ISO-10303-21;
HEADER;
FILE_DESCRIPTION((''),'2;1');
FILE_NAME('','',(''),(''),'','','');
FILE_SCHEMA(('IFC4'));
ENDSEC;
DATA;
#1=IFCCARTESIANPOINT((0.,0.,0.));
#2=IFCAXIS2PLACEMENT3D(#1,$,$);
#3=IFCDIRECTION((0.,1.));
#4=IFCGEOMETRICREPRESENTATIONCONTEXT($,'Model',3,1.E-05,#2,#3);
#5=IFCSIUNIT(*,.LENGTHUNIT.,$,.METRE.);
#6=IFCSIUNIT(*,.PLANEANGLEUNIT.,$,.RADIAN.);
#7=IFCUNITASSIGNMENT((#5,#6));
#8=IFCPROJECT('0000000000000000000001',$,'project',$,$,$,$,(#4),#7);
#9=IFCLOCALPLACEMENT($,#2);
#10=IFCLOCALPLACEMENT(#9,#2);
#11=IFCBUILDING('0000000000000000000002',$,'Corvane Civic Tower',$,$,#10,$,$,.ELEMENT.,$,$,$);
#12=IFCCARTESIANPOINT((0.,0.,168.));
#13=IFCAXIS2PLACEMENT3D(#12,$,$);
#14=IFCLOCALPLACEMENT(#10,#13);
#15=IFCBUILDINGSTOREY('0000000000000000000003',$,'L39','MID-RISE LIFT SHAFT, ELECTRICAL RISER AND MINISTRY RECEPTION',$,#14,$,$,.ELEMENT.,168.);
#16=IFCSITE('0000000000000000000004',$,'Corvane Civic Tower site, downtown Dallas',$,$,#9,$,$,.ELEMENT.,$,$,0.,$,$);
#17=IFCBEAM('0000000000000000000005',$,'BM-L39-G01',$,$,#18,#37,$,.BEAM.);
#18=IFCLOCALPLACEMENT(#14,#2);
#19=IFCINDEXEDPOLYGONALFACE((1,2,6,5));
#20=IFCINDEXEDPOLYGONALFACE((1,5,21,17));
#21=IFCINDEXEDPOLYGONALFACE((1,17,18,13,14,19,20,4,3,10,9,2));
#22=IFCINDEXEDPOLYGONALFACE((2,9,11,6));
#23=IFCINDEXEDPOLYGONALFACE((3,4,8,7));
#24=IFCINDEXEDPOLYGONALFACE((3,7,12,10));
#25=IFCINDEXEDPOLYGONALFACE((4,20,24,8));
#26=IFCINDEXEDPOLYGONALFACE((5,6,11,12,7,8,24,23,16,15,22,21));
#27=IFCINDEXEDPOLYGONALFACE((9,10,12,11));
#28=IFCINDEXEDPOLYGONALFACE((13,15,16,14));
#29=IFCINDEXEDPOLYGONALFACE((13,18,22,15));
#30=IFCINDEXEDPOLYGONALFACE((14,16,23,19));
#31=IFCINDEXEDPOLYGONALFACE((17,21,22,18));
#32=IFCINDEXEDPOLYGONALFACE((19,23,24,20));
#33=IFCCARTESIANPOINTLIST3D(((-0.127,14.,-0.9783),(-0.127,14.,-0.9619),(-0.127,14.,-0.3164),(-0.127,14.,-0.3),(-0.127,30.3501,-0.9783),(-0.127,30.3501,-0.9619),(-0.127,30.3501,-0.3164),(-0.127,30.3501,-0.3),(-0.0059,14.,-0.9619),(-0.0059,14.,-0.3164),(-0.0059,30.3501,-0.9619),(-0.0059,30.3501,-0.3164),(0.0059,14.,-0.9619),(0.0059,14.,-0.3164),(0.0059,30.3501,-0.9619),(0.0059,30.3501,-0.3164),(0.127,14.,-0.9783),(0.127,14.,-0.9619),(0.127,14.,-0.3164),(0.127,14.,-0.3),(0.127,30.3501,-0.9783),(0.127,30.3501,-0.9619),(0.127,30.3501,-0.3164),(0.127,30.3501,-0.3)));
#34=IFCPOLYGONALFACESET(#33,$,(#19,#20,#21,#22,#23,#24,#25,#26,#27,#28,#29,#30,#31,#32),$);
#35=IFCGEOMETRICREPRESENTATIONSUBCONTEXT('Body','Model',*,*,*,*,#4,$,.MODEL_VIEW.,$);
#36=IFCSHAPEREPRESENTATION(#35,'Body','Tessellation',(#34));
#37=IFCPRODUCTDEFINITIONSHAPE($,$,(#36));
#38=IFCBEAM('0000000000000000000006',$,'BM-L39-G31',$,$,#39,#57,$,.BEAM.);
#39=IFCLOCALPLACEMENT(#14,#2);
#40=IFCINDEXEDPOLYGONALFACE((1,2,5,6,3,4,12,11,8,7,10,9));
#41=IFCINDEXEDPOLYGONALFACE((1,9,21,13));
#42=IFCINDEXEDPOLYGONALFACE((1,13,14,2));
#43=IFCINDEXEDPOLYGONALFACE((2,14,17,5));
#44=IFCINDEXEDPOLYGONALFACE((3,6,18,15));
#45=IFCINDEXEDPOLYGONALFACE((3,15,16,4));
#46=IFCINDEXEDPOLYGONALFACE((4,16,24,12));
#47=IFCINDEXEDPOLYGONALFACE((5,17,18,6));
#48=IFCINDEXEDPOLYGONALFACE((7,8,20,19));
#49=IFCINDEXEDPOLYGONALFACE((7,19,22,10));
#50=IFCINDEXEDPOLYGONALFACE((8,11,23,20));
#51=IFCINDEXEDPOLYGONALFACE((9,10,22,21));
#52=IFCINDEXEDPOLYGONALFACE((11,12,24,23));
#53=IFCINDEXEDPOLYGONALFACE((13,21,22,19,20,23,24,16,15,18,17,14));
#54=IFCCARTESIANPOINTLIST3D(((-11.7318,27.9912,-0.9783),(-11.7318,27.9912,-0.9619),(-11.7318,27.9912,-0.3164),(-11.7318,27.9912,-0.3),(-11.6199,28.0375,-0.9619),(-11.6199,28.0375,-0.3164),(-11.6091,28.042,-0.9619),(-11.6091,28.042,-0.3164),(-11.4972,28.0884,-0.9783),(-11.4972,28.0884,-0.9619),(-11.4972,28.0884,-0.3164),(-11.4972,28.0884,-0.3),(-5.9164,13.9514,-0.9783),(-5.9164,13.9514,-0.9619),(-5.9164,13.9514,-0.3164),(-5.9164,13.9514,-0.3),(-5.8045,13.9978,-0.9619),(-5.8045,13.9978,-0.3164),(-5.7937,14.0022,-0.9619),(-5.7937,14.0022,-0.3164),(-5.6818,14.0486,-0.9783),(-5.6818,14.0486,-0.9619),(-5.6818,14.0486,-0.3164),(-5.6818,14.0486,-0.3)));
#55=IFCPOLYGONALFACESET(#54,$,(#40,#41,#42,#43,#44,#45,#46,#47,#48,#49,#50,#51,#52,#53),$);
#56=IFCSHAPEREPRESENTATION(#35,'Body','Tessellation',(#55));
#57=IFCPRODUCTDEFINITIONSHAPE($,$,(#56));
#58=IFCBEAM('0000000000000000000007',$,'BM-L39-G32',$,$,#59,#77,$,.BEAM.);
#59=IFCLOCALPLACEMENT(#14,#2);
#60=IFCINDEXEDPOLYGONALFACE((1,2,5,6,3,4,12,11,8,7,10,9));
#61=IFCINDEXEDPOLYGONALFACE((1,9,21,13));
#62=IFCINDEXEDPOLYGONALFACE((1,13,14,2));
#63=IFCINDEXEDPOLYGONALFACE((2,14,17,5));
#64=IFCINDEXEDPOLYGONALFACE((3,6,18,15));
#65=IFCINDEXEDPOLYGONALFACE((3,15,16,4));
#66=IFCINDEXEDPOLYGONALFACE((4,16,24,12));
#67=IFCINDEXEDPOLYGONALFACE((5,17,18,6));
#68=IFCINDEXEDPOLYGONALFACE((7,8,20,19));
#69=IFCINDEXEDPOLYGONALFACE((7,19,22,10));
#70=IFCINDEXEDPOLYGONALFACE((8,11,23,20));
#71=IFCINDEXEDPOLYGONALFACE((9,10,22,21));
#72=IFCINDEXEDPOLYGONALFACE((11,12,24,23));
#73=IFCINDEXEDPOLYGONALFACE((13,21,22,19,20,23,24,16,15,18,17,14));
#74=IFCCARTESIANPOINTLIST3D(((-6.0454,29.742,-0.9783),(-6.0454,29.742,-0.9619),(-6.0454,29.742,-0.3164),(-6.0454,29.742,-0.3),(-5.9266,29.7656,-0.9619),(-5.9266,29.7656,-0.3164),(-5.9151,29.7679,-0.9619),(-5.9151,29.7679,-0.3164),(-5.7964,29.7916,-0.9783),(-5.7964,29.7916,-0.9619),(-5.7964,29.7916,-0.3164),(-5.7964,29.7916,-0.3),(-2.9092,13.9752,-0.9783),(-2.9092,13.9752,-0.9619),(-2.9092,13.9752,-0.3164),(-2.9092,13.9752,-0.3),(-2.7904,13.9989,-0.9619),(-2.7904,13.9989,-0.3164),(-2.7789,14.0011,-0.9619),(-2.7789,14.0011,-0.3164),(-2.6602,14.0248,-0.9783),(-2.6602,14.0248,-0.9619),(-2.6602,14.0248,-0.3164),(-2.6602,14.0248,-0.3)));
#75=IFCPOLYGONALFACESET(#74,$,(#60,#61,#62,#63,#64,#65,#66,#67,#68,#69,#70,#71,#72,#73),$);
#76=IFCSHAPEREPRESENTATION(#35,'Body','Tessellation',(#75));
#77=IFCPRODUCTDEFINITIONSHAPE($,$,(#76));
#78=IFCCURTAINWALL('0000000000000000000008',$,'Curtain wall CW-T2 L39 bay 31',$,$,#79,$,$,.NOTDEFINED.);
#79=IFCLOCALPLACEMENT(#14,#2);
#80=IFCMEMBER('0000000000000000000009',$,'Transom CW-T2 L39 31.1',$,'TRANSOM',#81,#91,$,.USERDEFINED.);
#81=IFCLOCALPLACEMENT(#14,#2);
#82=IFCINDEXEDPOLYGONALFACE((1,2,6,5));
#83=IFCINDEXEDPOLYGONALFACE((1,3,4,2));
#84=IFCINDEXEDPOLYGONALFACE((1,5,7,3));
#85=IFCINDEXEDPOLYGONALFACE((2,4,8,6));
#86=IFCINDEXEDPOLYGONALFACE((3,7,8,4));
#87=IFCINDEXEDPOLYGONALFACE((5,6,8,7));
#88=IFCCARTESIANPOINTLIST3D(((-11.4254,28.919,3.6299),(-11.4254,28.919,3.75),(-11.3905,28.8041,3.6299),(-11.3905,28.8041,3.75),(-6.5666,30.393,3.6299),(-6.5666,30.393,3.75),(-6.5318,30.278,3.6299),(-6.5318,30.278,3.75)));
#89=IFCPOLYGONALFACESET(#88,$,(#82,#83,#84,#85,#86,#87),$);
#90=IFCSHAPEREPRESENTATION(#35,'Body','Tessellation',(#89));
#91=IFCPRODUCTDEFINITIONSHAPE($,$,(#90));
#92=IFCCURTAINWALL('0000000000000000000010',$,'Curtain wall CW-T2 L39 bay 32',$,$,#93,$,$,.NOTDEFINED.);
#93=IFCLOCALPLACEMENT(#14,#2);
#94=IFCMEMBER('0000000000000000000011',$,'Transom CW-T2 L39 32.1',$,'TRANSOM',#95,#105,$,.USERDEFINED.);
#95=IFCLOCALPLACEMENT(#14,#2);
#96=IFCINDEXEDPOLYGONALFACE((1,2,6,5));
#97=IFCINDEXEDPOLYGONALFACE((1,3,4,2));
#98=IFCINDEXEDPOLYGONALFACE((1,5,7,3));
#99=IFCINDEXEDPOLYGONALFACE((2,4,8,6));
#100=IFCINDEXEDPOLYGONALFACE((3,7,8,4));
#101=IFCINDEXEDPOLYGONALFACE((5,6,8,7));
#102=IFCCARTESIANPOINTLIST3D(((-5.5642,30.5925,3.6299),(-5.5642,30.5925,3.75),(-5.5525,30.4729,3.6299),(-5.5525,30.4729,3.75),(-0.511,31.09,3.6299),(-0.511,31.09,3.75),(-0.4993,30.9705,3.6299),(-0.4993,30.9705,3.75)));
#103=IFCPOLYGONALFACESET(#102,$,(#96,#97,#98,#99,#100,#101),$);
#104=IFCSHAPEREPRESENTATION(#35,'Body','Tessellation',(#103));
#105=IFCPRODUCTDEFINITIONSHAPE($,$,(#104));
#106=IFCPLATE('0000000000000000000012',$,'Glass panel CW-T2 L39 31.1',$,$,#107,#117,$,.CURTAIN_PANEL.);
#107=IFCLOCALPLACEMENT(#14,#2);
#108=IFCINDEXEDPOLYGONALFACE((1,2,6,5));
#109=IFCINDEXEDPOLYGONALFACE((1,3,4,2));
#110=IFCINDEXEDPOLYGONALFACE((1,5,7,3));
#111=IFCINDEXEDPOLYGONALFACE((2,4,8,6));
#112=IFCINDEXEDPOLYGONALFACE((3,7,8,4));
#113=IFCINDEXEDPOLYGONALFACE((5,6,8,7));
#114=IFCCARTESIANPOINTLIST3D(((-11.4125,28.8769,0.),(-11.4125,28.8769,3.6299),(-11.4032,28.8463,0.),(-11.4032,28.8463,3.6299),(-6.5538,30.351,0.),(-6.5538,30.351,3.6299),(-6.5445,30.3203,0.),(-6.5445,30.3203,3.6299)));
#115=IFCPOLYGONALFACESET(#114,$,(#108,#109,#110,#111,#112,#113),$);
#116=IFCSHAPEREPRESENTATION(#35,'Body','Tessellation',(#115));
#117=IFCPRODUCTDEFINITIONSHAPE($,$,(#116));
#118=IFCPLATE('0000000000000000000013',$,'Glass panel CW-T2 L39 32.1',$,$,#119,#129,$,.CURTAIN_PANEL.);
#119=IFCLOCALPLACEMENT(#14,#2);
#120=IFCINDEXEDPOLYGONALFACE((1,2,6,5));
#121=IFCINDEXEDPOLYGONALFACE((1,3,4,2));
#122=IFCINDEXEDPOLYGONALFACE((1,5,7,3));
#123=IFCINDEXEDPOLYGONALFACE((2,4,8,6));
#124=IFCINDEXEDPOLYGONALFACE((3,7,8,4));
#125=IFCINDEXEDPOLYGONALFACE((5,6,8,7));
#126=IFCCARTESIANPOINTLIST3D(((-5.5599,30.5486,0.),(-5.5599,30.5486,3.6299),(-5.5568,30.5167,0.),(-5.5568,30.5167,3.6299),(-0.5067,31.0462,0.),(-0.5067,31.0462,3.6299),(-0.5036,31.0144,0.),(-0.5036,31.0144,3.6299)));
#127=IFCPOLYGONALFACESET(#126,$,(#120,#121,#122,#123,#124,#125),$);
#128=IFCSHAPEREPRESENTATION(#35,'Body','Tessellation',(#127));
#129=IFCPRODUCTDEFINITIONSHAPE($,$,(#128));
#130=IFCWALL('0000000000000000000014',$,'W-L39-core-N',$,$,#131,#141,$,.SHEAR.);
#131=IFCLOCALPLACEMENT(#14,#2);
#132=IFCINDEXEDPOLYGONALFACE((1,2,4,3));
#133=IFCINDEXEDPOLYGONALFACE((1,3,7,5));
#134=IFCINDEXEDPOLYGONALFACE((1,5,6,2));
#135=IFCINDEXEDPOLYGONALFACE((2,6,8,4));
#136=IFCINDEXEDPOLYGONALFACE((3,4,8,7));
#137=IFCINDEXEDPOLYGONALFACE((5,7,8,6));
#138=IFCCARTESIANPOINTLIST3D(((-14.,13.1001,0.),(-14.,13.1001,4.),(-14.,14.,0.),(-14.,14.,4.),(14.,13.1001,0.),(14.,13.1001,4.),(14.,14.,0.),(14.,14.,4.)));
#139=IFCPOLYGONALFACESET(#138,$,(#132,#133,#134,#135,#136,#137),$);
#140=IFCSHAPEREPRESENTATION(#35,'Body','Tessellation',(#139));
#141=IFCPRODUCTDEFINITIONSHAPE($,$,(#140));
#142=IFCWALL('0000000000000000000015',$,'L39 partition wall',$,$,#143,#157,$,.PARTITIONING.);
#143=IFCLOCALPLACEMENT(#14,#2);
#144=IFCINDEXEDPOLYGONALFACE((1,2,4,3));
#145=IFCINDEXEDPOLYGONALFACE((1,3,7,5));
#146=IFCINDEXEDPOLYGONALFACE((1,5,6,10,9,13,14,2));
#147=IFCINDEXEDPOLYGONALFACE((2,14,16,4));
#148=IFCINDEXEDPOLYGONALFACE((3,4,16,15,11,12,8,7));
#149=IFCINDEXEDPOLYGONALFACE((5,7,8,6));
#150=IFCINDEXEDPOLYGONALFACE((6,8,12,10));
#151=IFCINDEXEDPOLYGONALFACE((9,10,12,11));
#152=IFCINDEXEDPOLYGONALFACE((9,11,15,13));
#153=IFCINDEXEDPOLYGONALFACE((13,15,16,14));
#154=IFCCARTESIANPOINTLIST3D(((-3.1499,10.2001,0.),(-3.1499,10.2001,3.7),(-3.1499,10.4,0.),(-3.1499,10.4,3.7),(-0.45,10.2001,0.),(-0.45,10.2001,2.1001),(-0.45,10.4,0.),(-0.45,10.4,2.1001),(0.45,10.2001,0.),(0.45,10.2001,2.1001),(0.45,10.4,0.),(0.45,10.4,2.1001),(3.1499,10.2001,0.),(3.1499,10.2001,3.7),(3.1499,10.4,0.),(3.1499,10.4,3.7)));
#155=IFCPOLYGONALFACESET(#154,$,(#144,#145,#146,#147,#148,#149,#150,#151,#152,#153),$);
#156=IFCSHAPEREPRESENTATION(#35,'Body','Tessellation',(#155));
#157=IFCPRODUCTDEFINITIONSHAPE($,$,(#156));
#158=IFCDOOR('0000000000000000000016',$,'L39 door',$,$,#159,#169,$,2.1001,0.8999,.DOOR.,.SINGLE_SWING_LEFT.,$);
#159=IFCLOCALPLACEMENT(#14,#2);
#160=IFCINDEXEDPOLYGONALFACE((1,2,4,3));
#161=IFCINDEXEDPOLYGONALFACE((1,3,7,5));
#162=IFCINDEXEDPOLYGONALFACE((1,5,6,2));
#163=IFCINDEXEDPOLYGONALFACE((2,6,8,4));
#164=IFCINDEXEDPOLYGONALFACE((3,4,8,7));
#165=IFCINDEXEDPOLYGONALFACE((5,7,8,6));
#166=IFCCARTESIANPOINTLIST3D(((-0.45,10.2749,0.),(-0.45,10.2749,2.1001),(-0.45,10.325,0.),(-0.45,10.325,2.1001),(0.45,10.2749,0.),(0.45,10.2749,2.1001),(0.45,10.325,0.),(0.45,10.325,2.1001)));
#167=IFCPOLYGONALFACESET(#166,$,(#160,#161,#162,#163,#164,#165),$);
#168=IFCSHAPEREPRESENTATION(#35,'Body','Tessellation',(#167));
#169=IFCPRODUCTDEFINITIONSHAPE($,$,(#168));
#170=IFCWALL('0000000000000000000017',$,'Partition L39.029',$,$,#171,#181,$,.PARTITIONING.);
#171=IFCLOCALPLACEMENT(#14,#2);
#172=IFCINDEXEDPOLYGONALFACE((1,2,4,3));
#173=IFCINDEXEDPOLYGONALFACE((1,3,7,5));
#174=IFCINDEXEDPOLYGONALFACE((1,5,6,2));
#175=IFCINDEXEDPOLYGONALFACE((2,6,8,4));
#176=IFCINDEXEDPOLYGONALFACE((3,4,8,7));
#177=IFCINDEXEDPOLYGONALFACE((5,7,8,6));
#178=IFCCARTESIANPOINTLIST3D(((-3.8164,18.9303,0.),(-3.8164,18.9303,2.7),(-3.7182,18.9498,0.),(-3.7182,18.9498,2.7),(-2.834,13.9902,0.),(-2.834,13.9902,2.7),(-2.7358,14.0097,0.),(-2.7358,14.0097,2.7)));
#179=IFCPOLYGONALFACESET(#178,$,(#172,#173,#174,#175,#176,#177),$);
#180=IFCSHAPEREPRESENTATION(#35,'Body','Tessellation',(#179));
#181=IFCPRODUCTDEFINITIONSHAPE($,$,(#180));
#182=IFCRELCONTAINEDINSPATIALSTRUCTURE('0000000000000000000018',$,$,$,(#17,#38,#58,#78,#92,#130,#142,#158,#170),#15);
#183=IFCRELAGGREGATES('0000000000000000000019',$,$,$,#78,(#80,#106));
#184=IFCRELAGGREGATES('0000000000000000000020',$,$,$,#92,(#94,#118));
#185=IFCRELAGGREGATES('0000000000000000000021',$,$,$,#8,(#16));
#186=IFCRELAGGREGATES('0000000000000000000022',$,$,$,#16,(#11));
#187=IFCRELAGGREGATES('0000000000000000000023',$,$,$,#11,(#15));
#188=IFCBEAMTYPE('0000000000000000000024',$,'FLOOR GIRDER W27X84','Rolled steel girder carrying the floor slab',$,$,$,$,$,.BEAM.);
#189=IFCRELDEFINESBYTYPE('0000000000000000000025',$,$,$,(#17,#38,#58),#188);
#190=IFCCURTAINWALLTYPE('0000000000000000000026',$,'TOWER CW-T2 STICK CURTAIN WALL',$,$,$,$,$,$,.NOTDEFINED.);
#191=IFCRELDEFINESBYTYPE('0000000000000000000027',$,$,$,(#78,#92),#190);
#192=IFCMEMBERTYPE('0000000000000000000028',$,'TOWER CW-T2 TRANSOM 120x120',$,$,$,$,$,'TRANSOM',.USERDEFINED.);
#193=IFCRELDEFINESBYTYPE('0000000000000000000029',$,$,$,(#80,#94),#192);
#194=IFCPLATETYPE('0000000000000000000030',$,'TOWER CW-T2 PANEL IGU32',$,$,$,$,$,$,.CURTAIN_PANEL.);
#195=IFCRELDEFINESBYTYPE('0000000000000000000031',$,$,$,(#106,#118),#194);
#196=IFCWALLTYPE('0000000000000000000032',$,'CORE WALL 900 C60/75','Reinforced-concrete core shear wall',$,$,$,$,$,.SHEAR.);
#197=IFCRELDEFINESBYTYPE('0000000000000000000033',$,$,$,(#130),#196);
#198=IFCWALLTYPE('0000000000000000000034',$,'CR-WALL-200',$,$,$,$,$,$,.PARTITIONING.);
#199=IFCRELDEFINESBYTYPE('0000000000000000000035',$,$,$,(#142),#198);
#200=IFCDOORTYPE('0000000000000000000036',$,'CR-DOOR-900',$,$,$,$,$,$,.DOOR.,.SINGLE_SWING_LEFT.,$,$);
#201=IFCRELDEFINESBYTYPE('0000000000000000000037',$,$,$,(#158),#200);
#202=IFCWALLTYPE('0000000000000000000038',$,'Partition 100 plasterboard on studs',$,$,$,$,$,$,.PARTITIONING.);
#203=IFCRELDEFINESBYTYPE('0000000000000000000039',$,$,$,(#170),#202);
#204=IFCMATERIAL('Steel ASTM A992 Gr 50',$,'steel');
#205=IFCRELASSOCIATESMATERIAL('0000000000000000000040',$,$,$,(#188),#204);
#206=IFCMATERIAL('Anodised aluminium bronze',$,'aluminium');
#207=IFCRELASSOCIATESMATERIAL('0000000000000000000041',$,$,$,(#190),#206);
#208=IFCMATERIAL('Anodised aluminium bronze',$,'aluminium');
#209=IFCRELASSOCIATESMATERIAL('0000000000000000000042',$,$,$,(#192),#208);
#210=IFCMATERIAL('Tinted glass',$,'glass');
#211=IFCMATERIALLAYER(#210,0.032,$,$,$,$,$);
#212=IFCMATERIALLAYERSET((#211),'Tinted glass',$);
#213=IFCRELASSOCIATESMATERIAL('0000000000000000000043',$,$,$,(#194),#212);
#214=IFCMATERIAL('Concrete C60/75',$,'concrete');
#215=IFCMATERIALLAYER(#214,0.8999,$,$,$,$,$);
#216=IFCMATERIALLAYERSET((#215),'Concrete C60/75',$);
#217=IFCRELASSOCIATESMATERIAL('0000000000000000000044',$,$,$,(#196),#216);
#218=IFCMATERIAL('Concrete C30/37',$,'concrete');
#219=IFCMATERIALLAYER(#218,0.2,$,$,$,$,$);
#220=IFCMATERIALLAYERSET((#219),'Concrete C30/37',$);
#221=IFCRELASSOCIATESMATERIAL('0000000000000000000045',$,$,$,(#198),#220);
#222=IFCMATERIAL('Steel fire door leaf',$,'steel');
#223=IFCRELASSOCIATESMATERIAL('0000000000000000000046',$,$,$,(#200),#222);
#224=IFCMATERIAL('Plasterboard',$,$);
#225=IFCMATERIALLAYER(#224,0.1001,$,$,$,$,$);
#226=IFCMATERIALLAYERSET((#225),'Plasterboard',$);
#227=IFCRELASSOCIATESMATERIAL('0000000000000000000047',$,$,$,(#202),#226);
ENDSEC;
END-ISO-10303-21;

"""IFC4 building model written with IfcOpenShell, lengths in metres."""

from ifc_helpers import new_model, si_unit, direction, frame, frame_2d, origin, origin_2d, place, context, subcontext, project, spatial, rectangle, i_section, extrude, material, layer, layer_set, material_profile, profile_set, type_object, element, fill, aggregate, save


model = new_model("IFC4")

# Units and contexts
model_context = context("Model", 3, precision=1e-05, world=origin(), true_north=direction((0.0, 1.0)))
body_context = subcontext(model_context, "Body", "Model", "MODEL_VIEW")
ifc_project = project(units=[si_unit("LENGTHUNIT", "METRE"), si_unit("PLANEANGLEUNIT", "RADIAN")], contexts=[model_context])

# Site, building, storey
site_placement = place(None, origin())
site = spatial("IfcSite", under=ifc_project, at=site_placement, Name="Corvane Civic Tower site, downtown Dallas", CompositionType="ELEMENT", RefElevation=0.0)
building_placement = place(site_placement, origin())
building = spatial("IfcBuilding", under=site, at=building_placement, Name="Corvane Civic Tower", CompositionType="ELEMENT")
storey_placement = place(building_placement, frame((0.0, 0.0, 168.0)))
storey = spatial("IfcBuildingStorey", under=building, at=storey_placement, Name="L39", Description="MID-RISE LIFT SHAFT, ELECTRICAL RISER AND MINISTRY RECEPTION", CompositionType="ELEMENT", Elevation=168.0)

# Beams
ifc_material_1 = material(Name="Steel ASTM A992 Gr 50", Category="steel")
ifc_material_profile_1 = material_profile(ifc_material_1, i_section(OverallWidth=0.2539, OverallDepth=0.6782, WebThickness=0.0117, FlangeThickness=0.0164, at=origin_2d()), Name="W27X84")
ifc_profile_set_1 = profile_set([ifc_material_profile_1], Name="Steel ASTM A992 Gr 50")
beam_type_1 = type_object("IfcBeamType", Name="FLOOR GIRDER W27X84", Description="Rolled steel girder carrying the floor slab", PredefinedType="BEAM", material=ifc_profile_set_1)
beam_1_placement = place(storey_placement, frame((0.0, 14.0, -0.6392), z_axis=(0.0, 1.0, 0.0), x_axis=(-1.0, 0.0, 0.0)))
element("IfcBeam", 1, at=beam_1_placement, inside=storey, type_object=beam_type_1, Name="BM-L39-G01", PredefinedType="BEAM", context=body_context, shape_type="SweptSolid", body=[
    extrude(i_section(OverallWidth=0.2539, OverallDepth=0.6782, WebThickness=0.0117, FlangeThickness=0.0164, at=origin_2d()), origin(), (0.0, 0.0, 1.0), 16.3501),
])
beam_2_placement = place(storey_placement, frame((-5.7991, 14.0, -0.6392), z_axis=(-0.382681, 0.923881, 0.0), x_axis=(-0.923881, -0.382681, 0.0)))
element("IfcBeam", 2, at=beam_2_placement, inside=storey, type_object=beam_type_1, Name="BM-L39-G31", PredefinedType="BEAM", context=body_context, shape_type="SweptSolid", body=[
    extrude(i_section(OverallWidth=0.2539, OverallDepth=0.6782, WebThickness=0.0117, FlangeThickness=0.0164, at=origin_2d()), origin(), (0.0, 0.0, 1.0), 15.1965),
])
beam_3_placement = place(storey_placement, frame((-2.7847, 14.0, -0.6392), z_axis=(-0.195091, 0.980785, 0.0), x_axis=(-0.980785, -0.195091, 0.0)))
element("IfcBeam", 3, at=beam_3_placement, inside=storey, type_object=beam_type_1, Name="BM-L39-G32", PredefinedType="BEAM", context=body_context, shape_type="SweptSolid", body=[
    extrude(i_section(OverallWidth=0.2539, OverallDepth=0.6782, WebThickness=0.0117, FlangeThickness=0.0164, at=origin_2d()), origin(), (0.0, 0.0, 1.0), 16.0757),
])

# Curtain walls, members
ifc_material_2 = material(Name="Anodised aluminium bronze", Category="aluminium")
curtain_wall_type = type_object("IfcCurtainWallType", Name="TOWER CW-T2 STICK CURTAIN WALL", PredefinedType="NOTDEFINED", material=ifc_material_2)
curtain_wall_1_placement = place(storey_placement, origin())
curtain_wall_1 = element("IfcCurtainWall", 4, at=curtain_wall_1_placement, inside=storey, type_object=curtain_wall_type, Name="Curtain wall CW-T2 L39 bay 31", PredefinedType="NOTDEFINED")
ifc_material_3 = material(Name="Anodised aluminium bronze", Category="aluminium")
ifc_material_profile_2 = material_profile(ifc_material_3, rectangle(XDim=0.1201, YDim=0.1201, at=origin_2d()), Name="TOWER CW-T2 TRANSOM 120x120")
ifc_profile_set_2 = profile_set([ifc_material_profile_2], Name="Anodised aluminium bronze")
member_type = type_object("IfcMemberType", Name="TOWER CW-T2 TRANSOM 120x120", ElementType="TRANSOM", PredefinedType="USERDEFINED", material=ifc_profile_set_2)
member_1_placement = place(storey_placement, frame((-11.408, 28.8616, 3.6899), z_axis=(0.956939, 0.290289, 0.0), x_axis=(-0.290289, 0.956939, 0.0)))
member_1 = element("IfcMember", 5, at=member_1_placement, type_object=member_type, Name="Transom CW-T2 L39 31.1", ObjectType="TRANSOM", PredefinedType="USERDEFINED", context=body_context, shape_type="SweptSolid", body=[
    extrude(rectangle(XDim=0.1201, YDim=0.1201, at=origin_2d()), origin(), (0.0, 0.0, 1.0), 5.0774),
])
curtain_wall_2_placement = place(storey_placement, origin())
curtain_wall_2 = element("IfcCurtainWall", 6, at=curtain_wall_2_placement, inside=storey, type_object=curtain_wall_type, Name="Curtain wall CW-T2 L39 bay 32", PredefinedType="NOTDEFINED")
member_2_placement = place(storey_placement, frame((-5.5583, 30.5327, 3.6899), z_axis=(0.995187, 0.09799, 0.0), x_axis=(-0.09799, 0.995187, 0.0)))
member_2 = element("IfcMember", 7, at=member_2_placement, type_object=member_type, Name="Transom CW-T2 L39 32.1", ObjectType="TRANSOM", PredefinedType="USERDEFINED", context=body_context, shape_type="SweptSolid", body=[
    extrude(rectangle(XDim=0.1201, YDim=0.1201, at=origin_2d()), origin(), (0.0, 0.0, 1.0), 5.0776),
])

# Plates
ifc_material_4 = material(Name="Tinted glass", Category="glass")
ifc_layer_1 = layer(ifc_material_4, 0.032)
ifc_layer_set_1 = layer_set([ifc_layer_1], Name="Tinted glass")
plate_type = type_object("IfcPlateType", Name="TOWER CW-T2 PANEL IGU32", PredefinedType="CURTAIN_PANEL", material=ifc_layer_set_1)
plate_1_placement = place(storey_placement, frame((-8.9785, 29.5986, 0.0), z_axis=(0.0, 0.0, 1.0), x_axis=(0.956932, 0.290313, 0.0)))
plate_1 = element("IfcPlate", 8, at=plate_1_placement, type_object=plate_type, Name="Glass panel CW-T2 L39 31.1", PredefinedType="CURTAIN_PANEL", context=body_context, shape_type="SweptSolid", body=[
    extrude(rectangle(XDim=5.0774, YDim=0.032, at=origin_2d()), origin(), (0.0, 0.0, 1.0), 3.6299),
])
aggregate(curtain_wall_1, [member_1, plate_1])
plate_2_placement = place(storey_placement, frame((-3.0317, 30.7815, 0.0), z_axis=(0.0, 0.0, 1.0), x_axis=(0.995185, 0.098012, 0.0)))
plate_2 = element("IfcPlate", 9, at=plate_2_placement, type_object=plate_type, Name="Glass panel CW-T2 L39 32.1", PredefinedType="CURTAIN_PANEL", context=body_context, shape_type="SweptSolid", body=[
    extrude(rectangle(XDim=5.0776, YDim=0.032, at=origin_2d()), origin(), (0.0, 0.0, 1.0), 3.6299),
])
aggregate(curtain_wall_2, [member_2, plate_2])

# Wall
ifc_material_5 = material(Name="Concrete C60/75", Category="concrete")
ifc_layer_2 = layer(ifc_material_5, 0.8999)
ifc_layer_set_2 = layer_set([ifc_layer_2], Name="Concrete C60/75")
wall_type_1 = type_object("IfcWallType", Name="CORE WALL 900 C60/75", Description="Reinforced-concrete core shear wall", PredefinedType="SHEAR", material=ifc_layer_set_2)
wall_1_placement = place(storey_placement, frame((-14.0, 13.55, 0.0), z_axis=(0.0, 0.0, 1.0), x_axis=(1.0, 0.0, 0.0)))
element("IfcWall", 10, at=wall_1_placement, inside=storey, type_object=wall_type_1, Name="W-L39-core-N", PredefinedType="SHEAR", context=body_context, shape_type="SweptSolid", body=[
    extrude(rectangle(XDim=28.0, YDim=0.8999, at=frame_2d((14.0, 0.0))), origin(), (0.0, 0.0, 1.0), 4.0),
])

# Wall, opening, door
ifc_material_6 = material(Name="Concrete C30/37", Category="concrete")
ifc_layer_3 = layer(ifc_material_6, 0.2)
ifc_layer_set_3 = layer_set([ifc_layer_3], Name="Concrete C30/37")
wall_type_2 = type_object("IfcWallType", Name="CR-WALL-200", PredefinedType="PARTITIONING", material=ifc_layer_set_3)
wall_2_placement = place(storey_placement, frame((-3.1499, 10.3, 0.0), z_axis=(0.0, 0.0, 1.0), x_axis=(1.0, 0.0, 0.0)))
wall_2 = element("IfcWall", 11, at=wall_2_placement, inside=storey, type_object=wall_type_2, Name="L39 partition wall", PredefinedType="PARTITIONING", context=body_context, shape_type="SweptSolid", body=[
    extrude(rectangle(XDim=6.2998, YDim=0.2, at=frame_2d((3.1499, 0.0))), origin(), (0.0, 0.0, 1.0), 3.7),
])
opening_1_placement = place(wall_2_placement, frame((2.7, 0.0, 0.0)))
opening_1 = element("IfcOpeningElement", 12, at=opening_1_placement, cuts=wall_2, PredefinedType="OPENING", context=body_context, shape_type="SweptSolid", body=[
    extrude(rectangle(XDim=0.8999, YDim=2.1001, at=frame_2d((0.45, 1.05))), frame((0.0, 0.1099, 0.0), z_axis=(0.0, -1.0, 0.0), x_axis=(1.0, 0.0, 0.0)), (0.0, 0.0, 1.0), 0.22),
])
ifc_material_7 = material(Name="Steel fire door leaf", Category="steel")
door_type_1 = type_object("IfcDoorType", Name="CR-DOOR-900", OperationType="SINGLE_SWING_LEFT", PredefinedType="DOOR", material=ifc_material_7)
door_1_placement = place(opening_1_placement, origin())
door_1 = element("IfcDoor", 13, at=door_1_placement, inside=storey, type_object=door_type_1, Name="L39 door", OperationType="SINGLE_SWING_LEFT", OverallHeight=2.1001, OverallWidth=0.8999, PredefinedType="DOOR", context=body_context, shape_type="SweptSolid", body=[
    extrude(rectangle(XDim=0.8999, YDim=2.1001, at=frame_2d((0.45, 1.05))), frame((0.0, 0.0249, 0.0), z_axis=(0.0, -1.0, 0.0), x_axis=(1.0, 0.0, 0.0)), (0.0, 0.0, 1.0), 0.05),
])
fill(opening_1, door_1)

# Wall
ifc_material_8 = material(Name="Plasterboard")
ifc_layer_4 = layer(ifc_material_8, 0.1001)
ifc_layer_set_4 = layer_set([ifc_layer_4], Name="Plasterboard")
wall_type_3 = type_object("IfcWallType", Name="Partition 100 plasterboard on studs", PredefinedType="PARTITIONING", material=ifc_layer_set_4)
wall_3_placement = place(storey_placement, frame((-3.7673, 18.9402, 0.0), z_axis=(0.0, 0.0, 1.0), x_axis=(0.195044, -0.980794, 0.0)))
element("IfcWall", 14, at=wall_3_placement, inside=storey, type_object=wall_type_3, Name="Partition L39.029", PredefinedType="PARTITIONING", context=body_context, shape_type="SweptSolid", body=[
    extrude(rectangle(XDim=5.0369, YDim=0.1001, at=frame_2d((2.5186, 0.0))), origin(), (0.0, 0.0, 1.0), 2.7),
])

save(model, "model.ifc")
